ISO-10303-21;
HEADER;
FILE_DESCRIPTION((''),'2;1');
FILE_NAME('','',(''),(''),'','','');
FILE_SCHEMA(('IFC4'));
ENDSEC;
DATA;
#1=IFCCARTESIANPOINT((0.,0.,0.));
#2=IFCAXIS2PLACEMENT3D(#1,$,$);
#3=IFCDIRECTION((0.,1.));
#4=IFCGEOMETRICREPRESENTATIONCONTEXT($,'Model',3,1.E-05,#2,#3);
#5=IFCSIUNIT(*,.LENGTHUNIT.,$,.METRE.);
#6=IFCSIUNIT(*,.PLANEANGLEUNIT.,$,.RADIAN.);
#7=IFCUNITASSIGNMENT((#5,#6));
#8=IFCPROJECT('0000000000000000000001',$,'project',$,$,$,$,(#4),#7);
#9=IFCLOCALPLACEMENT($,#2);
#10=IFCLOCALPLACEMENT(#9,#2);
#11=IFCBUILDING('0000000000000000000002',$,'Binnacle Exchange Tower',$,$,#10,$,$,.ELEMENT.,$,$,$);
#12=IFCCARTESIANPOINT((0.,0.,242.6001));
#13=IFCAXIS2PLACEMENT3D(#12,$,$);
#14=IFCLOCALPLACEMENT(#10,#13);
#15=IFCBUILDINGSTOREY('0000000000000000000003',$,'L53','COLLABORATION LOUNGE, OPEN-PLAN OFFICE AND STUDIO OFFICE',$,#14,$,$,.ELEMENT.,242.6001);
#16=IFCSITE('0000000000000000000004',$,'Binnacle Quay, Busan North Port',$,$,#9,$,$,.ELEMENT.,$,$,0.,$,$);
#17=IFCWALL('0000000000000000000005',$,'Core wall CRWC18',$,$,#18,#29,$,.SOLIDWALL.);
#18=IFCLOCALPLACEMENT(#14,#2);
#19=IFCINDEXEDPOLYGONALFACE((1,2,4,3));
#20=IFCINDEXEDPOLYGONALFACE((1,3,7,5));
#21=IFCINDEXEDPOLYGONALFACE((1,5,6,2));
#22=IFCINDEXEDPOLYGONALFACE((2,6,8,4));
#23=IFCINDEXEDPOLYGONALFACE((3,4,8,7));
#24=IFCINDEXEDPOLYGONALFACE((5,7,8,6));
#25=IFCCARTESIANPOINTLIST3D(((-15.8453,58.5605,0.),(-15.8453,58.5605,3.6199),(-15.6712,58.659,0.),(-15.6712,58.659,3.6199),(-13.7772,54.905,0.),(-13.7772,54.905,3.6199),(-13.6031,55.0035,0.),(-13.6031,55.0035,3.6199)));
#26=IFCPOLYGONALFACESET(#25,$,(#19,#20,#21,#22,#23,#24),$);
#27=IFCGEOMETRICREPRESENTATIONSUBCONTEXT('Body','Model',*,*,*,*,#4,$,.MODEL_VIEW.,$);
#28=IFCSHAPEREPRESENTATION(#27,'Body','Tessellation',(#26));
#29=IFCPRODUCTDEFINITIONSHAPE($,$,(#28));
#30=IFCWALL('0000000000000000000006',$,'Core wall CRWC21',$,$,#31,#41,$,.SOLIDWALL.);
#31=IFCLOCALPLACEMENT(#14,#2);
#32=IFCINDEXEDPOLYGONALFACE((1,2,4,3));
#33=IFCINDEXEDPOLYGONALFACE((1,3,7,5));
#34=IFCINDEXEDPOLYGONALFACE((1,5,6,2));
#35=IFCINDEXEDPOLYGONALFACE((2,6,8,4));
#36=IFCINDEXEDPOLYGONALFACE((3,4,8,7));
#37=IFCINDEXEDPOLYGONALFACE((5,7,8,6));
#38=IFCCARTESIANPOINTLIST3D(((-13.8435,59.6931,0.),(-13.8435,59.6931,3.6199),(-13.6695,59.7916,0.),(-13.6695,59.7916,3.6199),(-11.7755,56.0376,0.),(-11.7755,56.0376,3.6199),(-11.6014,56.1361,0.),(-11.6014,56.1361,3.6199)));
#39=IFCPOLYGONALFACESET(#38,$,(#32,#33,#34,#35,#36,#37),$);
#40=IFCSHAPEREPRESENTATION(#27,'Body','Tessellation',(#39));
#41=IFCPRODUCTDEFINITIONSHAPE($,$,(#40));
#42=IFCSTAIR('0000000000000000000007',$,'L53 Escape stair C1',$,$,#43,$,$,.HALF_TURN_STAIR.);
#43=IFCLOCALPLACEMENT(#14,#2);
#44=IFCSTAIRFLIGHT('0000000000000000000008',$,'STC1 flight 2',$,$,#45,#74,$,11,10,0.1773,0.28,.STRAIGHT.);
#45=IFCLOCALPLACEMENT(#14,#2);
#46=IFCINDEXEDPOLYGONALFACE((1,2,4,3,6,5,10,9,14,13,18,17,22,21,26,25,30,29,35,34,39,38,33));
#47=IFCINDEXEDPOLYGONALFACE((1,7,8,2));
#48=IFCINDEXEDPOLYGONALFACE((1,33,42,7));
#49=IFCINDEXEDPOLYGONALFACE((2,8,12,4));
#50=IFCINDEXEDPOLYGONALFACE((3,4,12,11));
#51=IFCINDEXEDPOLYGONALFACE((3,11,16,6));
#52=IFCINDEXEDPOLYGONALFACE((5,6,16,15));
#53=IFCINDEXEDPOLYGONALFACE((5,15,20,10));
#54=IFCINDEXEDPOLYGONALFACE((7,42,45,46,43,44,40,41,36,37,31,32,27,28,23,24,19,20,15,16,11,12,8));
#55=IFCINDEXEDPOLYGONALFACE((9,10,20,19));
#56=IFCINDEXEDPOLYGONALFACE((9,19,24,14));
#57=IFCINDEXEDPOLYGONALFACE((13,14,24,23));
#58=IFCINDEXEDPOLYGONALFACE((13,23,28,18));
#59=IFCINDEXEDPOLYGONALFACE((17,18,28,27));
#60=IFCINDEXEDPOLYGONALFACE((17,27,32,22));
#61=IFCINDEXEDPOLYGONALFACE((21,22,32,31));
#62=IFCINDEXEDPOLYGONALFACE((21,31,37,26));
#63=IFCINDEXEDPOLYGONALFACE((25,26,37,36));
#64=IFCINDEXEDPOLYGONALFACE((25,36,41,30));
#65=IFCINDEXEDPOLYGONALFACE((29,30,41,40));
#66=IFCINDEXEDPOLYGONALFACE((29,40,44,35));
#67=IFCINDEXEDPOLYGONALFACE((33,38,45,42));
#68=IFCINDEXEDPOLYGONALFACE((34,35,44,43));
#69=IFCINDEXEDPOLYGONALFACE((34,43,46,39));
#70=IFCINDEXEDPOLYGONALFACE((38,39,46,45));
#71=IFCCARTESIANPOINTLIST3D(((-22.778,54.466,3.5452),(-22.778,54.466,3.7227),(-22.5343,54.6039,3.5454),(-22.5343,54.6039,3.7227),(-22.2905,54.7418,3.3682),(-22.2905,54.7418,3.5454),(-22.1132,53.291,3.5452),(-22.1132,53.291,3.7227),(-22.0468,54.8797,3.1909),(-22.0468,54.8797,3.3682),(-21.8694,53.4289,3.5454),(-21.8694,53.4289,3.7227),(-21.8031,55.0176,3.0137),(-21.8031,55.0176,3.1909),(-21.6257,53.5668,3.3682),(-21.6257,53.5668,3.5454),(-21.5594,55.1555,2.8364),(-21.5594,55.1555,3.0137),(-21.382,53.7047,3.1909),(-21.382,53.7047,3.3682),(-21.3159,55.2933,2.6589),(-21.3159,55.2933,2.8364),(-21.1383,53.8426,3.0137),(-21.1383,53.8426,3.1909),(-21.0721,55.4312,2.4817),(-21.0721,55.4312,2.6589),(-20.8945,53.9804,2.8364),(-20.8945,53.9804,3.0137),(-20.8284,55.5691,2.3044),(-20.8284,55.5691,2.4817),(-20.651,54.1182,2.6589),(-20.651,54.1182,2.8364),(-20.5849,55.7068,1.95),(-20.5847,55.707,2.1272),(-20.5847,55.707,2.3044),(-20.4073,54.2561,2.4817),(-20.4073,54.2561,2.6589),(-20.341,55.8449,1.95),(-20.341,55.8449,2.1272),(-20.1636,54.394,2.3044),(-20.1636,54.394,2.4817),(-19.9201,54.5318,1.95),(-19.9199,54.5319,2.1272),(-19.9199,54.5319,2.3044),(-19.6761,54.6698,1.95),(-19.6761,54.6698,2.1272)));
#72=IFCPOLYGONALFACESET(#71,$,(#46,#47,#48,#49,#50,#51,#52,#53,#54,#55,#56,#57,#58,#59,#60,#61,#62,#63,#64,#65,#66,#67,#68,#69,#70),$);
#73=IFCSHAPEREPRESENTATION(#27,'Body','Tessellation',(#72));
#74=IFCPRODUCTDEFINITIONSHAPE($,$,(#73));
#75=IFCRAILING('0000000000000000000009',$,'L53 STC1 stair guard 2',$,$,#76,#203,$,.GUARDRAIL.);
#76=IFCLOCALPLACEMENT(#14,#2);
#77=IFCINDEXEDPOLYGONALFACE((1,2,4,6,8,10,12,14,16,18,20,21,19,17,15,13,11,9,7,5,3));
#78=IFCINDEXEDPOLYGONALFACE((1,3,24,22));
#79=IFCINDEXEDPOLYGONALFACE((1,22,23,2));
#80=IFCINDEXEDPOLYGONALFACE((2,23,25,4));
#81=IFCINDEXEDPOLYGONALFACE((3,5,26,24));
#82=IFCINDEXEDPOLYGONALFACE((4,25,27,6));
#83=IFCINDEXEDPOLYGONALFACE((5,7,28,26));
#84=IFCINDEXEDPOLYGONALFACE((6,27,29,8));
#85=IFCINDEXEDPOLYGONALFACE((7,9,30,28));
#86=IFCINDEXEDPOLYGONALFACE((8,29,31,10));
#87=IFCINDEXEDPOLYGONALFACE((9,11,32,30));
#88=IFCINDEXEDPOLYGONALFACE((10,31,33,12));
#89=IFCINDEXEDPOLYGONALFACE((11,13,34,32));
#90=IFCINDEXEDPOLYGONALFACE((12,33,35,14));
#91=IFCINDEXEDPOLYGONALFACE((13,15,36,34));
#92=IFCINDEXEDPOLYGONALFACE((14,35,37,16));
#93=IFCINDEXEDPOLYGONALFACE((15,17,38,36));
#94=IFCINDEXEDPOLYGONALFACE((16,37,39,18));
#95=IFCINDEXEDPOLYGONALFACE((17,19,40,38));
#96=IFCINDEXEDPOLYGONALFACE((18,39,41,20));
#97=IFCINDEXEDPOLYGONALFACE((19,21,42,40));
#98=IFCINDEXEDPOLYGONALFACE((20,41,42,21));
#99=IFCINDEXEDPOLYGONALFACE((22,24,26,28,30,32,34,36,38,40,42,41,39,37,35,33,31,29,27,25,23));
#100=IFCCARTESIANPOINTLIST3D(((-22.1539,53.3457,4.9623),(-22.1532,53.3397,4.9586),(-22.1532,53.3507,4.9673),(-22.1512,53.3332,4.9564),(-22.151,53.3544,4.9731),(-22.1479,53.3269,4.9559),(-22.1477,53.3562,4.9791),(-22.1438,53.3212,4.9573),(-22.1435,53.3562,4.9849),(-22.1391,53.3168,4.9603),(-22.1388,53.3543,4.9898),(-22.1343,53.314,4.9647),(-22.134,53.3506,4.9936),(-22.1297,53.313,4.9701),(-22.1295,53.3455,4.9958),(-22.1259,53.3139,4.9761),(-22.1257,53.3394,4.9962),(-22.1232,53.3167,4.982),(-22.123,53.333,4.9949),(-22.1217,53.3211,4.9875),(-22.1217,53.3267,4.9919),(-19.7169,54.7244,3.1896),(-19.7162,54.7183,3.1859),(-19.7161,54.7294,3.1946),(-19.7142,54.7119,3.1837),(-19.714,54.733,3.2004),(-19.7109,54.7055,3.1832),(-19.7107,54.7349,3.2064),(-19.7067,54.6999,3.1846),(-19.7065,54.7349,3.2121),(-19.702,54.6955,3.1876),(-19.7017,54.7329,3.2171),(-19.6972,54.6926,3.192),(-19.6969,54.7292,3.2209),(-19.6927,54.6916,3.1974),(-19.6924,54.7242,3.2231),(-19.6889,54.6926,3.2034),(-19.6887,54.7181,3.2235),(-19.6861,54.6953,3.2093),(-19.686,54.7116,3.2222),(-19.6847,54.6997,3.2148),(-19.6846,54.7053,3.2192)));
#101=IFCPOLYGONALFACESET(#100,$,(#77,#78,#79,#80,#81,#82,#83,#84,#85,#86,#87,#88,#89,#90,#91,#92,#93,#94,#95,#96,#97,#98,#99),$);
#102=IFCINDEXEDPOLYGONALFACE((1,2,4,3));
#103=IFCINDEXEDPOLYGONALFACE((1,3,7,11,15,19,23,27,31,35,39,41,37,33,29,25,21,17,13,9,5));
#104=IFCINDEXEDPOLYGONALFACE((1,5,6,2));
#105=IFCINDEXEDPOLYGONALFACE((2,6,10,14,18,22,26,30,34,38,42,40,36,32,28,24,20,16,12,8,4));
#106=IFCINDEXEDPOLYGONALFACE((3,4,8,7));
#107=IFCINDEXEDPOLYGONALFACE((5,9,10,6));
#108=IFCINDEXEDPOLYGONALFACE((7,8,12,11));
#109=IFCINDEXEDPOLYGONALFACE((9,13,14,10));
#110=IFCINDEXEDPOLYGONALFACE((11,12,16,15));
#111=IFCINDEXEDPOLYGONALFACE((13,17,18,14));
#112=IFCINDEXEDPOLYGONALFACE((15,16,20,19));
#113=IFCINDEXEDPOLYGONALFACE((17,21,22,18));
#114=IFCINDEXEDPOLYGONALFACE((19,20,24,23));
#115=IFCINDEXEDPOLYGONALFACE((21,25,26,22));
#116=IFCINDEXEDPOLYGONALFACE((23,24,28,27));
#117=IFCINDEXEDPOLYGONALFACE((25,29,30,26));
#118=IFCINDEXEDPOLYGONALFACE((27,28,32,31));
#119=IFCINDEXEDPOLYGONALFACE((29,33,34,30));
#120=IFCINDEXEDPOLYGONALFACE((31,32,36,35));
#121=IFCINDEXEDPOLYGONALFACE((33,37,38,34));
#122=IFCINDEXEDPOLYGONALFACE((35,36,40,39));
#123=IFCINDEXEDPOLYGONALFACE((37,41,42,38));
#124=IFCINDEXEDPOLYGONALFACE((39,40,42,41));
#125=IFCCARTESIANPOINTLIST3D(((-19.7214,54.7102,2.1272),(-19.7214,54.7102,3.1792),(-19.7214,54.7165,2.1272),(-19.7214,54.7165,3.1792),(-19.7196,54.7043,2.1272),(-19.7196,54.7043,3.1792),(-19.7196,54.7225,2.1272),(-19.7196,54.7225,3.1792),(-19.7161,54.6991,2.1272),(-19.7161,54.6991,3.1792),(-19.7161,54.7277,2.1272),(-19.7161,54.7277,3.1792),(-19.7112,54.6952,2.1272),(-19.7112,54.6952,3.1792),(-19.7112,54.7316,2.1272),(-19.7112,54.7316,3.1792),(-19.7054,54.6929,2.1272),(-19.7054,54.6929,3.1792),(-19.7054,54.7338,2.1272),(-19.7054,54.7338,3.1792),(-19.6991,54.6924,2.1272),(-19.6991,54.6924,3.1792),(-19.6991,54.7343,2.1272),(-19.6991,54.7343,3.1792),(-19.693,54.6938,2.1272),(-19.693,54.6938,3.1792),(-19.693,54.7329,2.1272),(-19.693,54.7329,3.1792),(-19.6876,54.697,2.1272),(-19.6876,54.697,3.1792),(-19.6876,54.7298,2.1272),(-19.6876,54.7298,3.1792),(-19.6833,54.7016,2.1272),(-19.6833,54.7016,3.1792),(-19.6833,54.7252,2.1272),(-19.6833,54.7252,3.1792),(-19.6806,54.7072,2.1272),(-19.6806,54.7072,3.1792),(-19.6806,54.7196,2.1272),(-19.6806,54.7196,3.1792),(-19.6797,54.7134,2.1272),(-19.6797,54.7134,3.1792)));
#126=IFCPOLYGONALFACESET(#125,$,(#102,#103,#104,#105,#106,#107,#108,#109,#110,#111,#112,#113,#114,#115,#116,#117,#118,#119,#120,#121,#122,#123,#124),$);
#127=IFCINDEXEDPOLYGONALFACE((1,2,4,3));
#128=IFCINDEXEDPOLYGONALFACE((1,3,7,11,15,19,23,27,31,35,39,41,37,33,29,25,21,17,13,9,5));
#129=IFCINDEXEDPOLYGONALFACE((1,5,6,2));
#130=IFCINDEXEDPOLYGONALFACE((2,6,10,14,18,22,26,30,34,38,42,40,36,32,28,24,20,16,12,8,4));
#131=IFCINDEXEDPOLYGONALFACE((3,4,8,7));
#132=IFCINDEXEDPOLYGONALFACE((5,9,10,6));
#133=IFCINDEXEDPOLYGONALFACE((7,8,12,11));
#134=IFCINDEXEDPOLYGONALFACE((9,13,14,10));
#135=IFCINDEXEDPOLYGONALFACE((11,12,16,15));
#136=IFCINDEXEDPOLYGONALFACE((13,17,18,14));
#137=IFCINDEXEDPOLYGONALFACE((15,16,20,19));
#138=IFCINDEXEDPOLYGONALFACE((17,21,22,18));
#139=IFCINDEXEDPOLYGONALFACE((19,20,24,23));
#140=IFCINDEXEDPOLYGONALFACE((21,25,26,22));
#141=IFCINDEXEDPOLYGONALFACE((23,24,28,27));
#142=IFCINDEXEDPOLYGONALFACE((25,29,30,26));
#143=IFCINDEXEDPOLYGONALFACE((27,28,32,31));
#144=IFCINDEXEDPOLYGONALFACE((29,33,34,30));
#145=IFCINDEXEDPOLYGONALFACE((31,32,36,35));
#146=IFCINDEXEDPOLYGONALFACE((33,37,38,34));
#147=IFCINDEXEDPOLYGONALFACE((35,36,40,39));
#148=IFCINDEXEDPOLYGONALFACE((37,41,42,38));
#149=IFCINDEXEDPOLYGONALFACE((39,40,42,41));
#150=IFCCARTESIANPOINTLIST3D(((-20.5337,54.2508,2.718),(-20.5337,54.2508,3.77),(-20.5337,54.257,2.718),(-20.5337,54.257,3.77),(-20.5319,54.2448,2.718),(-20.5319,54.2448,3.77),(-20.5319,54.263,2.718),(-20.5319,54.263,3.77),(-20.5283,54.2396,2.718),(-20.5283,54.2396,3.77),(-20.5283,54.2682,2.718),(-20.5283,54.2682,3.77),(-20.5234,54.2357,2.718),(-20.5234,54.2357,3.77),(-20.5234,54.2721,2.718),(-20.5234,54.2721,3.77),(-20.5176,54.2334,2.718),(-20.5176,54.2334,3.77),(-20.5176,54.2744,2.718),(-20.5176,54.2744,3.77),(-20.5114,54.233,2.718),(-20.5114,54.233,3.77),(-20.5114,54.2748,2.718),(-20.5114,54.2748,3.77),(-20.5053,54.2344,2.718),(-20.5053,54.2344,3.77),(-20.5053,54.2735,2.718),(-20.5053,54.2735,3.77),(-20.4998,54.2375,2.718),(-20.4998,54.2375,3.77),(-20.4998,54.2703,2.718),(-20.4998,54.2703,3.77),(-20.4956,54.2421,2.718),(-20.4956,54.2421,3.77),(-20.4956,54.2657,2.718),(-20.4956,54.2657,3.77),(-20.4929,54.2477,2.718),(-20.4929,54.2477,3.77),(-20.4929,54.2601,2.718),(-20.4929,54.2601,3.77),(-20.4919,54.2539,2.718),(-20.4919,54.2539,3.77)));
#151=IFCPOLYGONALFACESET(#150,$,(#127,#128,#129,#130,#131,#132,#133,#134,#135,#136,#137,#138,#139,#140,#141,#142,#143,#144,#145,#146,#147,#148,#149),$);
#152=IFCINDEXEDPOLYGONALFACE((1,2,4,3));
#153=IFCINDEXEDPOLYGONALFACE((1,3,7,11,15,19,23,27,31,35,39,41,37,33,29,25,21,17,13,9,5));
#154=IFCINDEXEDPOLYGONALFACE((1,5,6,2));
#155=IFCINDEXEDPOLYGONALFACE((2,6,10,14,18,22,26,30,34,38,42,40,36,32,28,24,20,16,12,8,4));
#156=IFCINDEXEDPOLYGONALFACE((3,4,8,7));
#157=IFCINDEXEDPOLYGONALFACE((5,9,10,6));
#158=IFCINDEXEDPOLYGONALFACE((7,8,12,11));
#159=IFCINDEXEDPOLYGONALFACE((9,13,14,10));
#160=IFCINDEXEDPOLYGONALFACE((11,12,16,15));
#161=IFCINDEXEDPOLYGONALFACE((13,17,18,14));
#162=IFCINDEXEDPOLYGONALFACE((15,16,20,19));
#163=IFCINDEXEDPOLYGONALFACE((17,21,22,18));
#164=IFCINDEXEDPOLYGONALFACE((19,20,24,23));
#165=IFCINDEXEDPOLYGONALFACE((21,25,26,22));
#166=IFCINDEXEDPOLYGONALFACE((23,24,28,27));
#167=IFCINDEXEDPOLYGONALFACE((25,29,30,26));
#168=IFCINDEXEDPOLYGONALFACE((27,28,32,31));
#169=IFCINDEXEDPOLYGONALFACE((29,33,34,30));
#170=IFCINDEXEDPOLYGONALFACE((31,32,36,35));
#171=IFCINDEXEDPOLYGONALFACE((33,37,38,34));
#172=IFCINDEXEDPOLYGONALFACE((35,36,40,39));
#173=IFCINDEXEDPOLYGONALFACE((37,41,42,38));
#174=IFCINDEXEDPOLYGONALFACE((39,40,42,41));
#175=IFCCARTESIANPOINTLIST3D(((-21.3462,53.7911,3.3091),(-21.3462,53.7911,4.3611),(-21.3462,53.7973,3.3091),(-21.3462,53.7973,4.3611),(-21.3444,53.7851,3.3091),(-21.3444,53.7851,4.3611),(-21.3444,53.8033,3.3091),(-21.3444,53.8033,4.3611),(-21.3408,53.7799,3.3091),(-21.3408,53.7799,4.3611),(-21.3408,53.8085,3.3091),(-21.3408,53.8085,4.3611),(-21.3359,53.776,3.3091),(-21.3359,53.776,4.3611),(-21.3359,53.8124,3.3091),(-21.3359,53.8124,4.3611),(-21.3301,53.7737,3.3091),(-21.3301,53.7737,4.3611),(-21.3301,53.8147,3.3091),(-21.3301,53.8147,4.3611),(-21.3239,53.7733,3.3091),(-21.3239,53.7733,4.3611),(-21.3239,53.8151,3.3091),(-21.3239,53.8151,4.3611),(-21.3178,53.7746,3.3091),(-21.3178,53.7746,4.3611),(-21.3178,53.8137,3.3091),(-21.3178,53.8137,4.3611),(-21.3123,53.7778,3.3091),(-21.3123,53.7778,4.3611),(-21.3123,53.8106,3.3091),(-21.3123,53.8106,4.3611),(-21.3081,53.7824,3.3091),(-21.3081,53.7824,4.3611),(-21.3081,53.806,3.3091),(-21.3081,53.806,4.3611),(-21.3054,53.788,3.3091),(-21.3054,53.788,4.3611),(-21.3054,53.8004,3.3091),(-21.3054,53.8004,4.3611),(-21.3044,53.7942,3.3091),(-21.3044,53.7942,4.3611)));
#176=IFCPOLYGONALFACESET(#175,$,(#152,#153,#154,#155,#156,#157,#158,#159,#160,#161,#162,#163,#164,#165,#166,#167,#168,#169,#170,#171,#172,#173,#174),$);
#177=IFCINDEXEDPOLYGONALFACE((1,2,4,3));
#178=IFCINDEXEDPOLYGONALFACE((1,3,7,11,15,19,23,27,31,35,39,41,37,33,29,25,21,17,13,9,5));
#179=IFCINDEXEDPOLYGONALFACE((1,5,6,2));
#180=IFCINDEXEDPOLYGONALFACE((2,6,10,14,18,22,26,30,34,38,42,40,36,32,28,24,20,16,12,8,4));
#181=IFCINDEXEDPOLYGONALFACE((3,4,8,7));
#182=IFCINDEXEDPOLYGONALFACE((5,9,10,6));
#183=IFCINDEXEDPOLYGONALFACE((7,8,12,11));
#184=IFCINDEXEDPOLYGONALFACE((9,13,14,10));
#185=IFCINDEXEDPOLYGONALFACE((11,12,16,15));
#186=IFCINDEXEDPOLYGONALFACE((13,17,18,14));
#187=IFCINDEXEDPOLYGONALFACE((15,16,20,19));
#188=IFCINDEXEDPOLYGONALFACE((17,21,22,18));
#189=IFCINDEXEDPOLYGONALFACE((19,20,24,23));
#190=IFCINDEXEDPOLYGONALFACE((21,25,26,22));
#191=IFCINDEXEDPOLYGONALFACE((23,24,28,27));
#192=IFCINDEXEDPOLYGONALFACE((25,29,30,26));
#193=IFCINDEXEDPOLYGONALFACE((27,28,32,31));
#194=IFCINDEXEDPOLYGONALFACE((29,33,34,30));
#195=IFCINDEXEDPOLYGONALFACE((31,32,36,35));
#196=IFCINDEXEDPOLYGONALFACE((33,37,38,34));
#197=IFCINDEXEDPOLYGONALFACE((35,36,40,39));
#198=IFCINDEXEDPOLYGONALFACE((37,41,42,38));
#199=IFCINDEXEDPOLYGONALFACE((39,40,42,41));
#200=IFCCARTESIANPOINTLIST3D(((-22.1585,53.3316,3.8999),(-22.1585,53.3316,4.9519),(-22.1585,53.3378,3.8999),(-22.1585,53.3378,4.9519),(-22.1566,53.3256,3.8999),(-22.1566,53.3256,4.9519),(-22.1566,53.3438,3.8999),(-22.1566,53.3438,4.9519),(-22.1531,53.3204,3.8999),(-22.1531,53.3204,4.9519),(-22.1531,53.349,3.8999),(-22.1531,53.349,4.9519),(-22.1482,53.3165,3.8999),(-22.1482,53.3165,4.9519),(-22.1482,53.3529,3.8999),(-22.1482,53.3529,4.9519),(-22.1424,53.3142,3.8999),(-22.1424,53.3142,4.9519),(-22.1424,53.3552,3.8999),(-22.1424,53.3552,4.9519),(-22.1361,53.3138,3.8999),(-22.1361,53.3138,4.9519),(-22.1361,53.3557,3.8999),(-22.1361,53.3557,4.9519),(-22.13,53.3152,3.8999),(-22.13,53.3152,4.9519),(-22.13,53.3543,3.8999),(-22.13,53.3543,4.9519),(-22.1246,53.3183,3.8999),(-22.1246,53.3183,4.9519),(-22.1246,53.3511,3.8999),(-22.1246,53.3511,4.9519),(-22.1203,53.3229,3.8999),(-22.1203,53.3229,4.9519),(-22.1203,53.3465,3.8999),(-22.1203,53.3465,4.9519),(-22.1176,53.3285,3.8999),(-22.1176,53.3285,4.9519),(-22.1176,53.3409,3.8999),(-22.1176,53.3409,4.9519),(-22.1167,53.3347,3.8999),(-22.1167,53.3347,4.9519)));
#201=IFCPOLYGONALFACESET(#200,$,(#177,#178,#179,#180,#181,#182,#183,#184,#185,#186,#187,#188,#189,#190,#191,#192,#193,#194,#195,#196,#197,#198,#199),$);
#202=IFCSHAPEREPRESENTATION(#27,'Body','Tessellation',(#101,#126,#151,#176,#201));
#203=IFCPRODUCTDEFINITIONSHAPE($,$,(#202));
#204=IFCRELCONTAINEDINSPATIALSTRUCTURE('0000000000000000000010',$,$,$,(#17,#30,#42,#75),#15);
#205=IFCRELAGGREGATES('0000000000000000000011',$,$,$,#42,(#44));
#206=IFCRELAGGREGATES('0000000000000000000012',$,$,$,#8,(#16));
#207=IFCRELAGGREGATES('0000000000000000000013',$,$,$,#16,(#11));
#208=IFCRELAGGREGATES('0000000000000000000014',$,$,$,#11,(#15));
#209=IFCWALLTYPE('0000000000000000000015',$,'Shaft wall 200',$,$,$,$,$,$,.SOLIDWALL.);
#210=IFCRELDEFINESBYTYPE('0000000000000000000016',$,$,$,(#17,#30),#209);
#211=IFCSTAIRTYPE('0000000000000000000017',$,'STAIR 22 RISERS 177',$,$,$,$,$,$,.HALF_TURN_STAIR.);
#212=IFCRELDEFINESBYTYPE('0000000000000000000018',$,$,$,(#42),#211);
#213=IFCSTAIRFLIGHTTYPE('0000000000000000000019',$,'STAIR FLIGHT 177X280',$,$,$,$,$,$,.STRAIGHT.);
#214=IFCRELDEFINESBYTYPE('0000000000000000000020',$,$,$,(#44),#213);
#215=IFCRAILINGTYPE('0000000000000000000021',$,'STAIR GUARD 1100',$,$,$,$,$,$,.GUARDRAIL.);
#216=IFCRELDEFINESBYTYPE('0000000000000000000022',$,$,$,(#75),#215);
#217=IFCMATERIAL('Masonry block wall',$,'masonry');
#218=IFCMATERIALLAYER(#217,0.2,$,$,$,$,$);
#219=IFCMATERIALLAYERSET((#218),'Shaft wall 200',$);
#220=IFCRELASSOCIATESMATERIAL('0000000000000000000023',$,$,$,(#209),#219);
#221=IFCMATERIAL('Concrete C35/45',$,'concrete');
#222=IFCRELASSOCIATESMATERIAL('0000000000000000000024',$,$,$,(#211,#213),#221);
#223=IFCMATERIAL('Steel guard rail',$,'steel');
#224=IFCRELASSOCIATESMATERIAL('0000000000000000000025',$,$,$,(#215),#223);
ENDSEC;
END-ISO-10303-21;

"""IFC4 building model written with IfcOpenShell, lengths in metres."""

from ifc_helpers import new_model, si_unit, direction, frame, frame_2d, origin, origin_2d, place, context, subcontext, project, spatial, polyline, rectangle, circle, outline, extrude, material, layer, layer_set, type_object, element, aggregate, save


model = new_model("IFC4")

# Units and contexts
model_context = context("Model", 3, precision=1e-05, world=origin(), true_north=direction((0.0, 1.0)))
body_context = subcontext(model_context, "Body", "Model", "MODEL_VIEW")
ifc_project = project(units=[si_unit("LENGTHUNIT", "METRE"), si_unit("PLANEANGLEUNIT", "RADIAN")], contexts=[model_context])

# Site, building, storey
site_placement = place(None, origin())
site = spatial("IfcSite", under=ifc_project, at=site_placement, Name="Binnacle Quay, Busan North Port", CompositionType="ELEMENT", RefElevation=0.0)
building_placement = place(site_placement, origin())
building = spatial("IfcBuilding", under=site, at=building_placement, Name="Binnacle Exchange Tower", CompositionType="ELEMENT")
storey_placement = place(building_placement, frame((0.0, 0.0, 242.6001)))
storey = spatial("IfcBuildingStorey", under=building, at=storey_placement, Name="L53", Description="COLLABORATION LOUNGE, OPEN-PLAN OFFICE AND STUDIO OFFICE", CompositionType="ELEMENT", Elevation=242.6001)

# Walls
ifc_material_1 = material(Name="Masonry block wall", Category="masonry")
ifc_layer_1 = layer(ifc_material_1, 0.2)
ifc_layer_set_1 = layer_set([ifc_layer_1], Name="Shaft wall 200")
wall_type_1 = type_object("IfcWallType", Name="Shaft wall 200", PredefinedType="SOLIDWALL", material=ifc_layer_set_1)
for number, where, z_axis, x_axis, name in (
    (1, (-15.7583, 58.6099, 0.0), (0.0, 0.0, 1.0), (0.49241, -0.870364, 0.0), "Core wall CRWC18"),
    (2, (-13.7566, 59.7424, 0.0), (0.0, 0.0, 1.0), (0.49241, -0.870364, 0.0), "Core wall CRWC21"),
):
    element("IfcWall", number, at=place(storey_placement, frame(where, z_axis=z_axis, x_axis=x_axis)), inside=storey, type_object=wall_type_1, Name=name, PredefinedType="SOLIDWALL", context=body_context, shape_type="SweptSolid", body=[
        extrude(rectangle(XDim=4.2, YDim=0.2, at=frame_2d((2.1001, 0.0))), origin(), (0.0, 0.0, 1.0), 3.6199),
    ])

# Stair, stair flight
ifc_material_2 = material(Name="Concrete C35/45", Category="concrete")
stair_type = type_object("IfcStairType", Name="STAIR 22 RISERS 177", PredefinedType="HALF_TURN_STAIR", material=ifc_material_2)
stair_placement = place(storey_placement, origin())
stair = element("IfcStair", 3, at=stair_placement, inside=storey, type_object=stair_type, Name="L53 Escape stair C1", PredefinedType="HALF_TURN_STAIR")
stair_flight_type = type_object("IfcStairFlightType", Name="STAIR FLIGHT 177X280", PredefinedType="STRAIGHT", material=ifc_material_2)
stair_flight_placement = place(storey_placement, frame((-20.0085, 55.2573, 1.95), z_axis=(0.0, 0.0, 1.0), x_axis=(-0.870356, -0.492424, 0.0)))
stair_flight = element("IfcStairFlight", 4, at=stair_flight_placement, type_object=stair_flight_type, Name="STC1 flight 2", NumberOfRisers=11, NumberOfTreads=10, PredefinedType="STRAIGHT", RiserHeight=0.1773, TreadLength=0.28, context=body_context, shape_type="SweptSolid", body=[
    extrude(outline(polyline([(0.0, 0.0), (0.0, 0.1772), (0.28, 0.1772), (0.28, 0.3545), (0.5601, 0.3545), (0.5601, 0.5317), (0.8401, 0.5317), (0.8401, 0.709), (1.1201, 0.709), (1.1201, 0.8865), (1.3999, 0.8865), (1.3999, 1.0637), (1.6799, 1.0637), (1.6799, 1.241), (1.96, 1.241), (1.96, 1.4182), (2.24, 1.4182), (2.24, 1.5955), (2.52, 1.5955), (2.52, 1.7727), (2.8, 1.7727), (2.8, 1.95), (2.8, 1.5952), (0.2803, 0.0), (0.0, 0.0)])), frame((0.0, 0.675, 0.0), z_axis=(0.0, -1.0, 0.0), x_axis=(1.0, 0.0, 0.0)), (0.0, 0.0, 1.0), 1.3501),
])
aggregate(stair, [stair_flight])

# Railing
ifc_material_3 = material(Name="Steel guard rail", Category="steel")
railing_type = type_object("IfcRailingType", Name="STAIR GUARD 1100", PredefinedType="GUARDRAIL", material=ifc_material_3)
railing_placement = place(storey_placement, frame((-19.7007, 54.7134, 2.1272)))
element("IfcRailing", 5, at=railing_placement, inside=storey, type_object=railing_type, Name="L53 STC1 stair guard 2", PredefinedType="GUARDRAIL", context=body_context, shape_type="SweptSolid", body=[
    extrude(circle(Radius=0.0239, at=origin_2d()), frame((0.0, 0.0, 1.0762), z_axis=(-0.735381, -0.416019, 0.534923), x_axis=(0.492388, -0.870376, 0.0)), (0.0, 0.0, 1.0), 3.314),
    extrude(circle(Radius=0.021, at=origin_2d()), origin(), (0.0, 0.0, 1.0), 1.052),
    extrude(circle(Radius=0.021, at=origin_2d()), frame((-0.8123, -0.4595, 0.5908)), (0.0, 0.0, 1.0), 1.052),
    extrude(circle(Radius=0.021, at=origin_2d()), frame((-1.6248, -0.9192, 1.1819)), (0.0, 0.0, 1.0), 1.052),
    extrude(circle(Radius=0.021, at=origin_2d()), frame((-2.437, -1.3787, 1.7727)), (0.0, 0.0, 1.0), 1.052),
])

save(model, "model.ifc")
